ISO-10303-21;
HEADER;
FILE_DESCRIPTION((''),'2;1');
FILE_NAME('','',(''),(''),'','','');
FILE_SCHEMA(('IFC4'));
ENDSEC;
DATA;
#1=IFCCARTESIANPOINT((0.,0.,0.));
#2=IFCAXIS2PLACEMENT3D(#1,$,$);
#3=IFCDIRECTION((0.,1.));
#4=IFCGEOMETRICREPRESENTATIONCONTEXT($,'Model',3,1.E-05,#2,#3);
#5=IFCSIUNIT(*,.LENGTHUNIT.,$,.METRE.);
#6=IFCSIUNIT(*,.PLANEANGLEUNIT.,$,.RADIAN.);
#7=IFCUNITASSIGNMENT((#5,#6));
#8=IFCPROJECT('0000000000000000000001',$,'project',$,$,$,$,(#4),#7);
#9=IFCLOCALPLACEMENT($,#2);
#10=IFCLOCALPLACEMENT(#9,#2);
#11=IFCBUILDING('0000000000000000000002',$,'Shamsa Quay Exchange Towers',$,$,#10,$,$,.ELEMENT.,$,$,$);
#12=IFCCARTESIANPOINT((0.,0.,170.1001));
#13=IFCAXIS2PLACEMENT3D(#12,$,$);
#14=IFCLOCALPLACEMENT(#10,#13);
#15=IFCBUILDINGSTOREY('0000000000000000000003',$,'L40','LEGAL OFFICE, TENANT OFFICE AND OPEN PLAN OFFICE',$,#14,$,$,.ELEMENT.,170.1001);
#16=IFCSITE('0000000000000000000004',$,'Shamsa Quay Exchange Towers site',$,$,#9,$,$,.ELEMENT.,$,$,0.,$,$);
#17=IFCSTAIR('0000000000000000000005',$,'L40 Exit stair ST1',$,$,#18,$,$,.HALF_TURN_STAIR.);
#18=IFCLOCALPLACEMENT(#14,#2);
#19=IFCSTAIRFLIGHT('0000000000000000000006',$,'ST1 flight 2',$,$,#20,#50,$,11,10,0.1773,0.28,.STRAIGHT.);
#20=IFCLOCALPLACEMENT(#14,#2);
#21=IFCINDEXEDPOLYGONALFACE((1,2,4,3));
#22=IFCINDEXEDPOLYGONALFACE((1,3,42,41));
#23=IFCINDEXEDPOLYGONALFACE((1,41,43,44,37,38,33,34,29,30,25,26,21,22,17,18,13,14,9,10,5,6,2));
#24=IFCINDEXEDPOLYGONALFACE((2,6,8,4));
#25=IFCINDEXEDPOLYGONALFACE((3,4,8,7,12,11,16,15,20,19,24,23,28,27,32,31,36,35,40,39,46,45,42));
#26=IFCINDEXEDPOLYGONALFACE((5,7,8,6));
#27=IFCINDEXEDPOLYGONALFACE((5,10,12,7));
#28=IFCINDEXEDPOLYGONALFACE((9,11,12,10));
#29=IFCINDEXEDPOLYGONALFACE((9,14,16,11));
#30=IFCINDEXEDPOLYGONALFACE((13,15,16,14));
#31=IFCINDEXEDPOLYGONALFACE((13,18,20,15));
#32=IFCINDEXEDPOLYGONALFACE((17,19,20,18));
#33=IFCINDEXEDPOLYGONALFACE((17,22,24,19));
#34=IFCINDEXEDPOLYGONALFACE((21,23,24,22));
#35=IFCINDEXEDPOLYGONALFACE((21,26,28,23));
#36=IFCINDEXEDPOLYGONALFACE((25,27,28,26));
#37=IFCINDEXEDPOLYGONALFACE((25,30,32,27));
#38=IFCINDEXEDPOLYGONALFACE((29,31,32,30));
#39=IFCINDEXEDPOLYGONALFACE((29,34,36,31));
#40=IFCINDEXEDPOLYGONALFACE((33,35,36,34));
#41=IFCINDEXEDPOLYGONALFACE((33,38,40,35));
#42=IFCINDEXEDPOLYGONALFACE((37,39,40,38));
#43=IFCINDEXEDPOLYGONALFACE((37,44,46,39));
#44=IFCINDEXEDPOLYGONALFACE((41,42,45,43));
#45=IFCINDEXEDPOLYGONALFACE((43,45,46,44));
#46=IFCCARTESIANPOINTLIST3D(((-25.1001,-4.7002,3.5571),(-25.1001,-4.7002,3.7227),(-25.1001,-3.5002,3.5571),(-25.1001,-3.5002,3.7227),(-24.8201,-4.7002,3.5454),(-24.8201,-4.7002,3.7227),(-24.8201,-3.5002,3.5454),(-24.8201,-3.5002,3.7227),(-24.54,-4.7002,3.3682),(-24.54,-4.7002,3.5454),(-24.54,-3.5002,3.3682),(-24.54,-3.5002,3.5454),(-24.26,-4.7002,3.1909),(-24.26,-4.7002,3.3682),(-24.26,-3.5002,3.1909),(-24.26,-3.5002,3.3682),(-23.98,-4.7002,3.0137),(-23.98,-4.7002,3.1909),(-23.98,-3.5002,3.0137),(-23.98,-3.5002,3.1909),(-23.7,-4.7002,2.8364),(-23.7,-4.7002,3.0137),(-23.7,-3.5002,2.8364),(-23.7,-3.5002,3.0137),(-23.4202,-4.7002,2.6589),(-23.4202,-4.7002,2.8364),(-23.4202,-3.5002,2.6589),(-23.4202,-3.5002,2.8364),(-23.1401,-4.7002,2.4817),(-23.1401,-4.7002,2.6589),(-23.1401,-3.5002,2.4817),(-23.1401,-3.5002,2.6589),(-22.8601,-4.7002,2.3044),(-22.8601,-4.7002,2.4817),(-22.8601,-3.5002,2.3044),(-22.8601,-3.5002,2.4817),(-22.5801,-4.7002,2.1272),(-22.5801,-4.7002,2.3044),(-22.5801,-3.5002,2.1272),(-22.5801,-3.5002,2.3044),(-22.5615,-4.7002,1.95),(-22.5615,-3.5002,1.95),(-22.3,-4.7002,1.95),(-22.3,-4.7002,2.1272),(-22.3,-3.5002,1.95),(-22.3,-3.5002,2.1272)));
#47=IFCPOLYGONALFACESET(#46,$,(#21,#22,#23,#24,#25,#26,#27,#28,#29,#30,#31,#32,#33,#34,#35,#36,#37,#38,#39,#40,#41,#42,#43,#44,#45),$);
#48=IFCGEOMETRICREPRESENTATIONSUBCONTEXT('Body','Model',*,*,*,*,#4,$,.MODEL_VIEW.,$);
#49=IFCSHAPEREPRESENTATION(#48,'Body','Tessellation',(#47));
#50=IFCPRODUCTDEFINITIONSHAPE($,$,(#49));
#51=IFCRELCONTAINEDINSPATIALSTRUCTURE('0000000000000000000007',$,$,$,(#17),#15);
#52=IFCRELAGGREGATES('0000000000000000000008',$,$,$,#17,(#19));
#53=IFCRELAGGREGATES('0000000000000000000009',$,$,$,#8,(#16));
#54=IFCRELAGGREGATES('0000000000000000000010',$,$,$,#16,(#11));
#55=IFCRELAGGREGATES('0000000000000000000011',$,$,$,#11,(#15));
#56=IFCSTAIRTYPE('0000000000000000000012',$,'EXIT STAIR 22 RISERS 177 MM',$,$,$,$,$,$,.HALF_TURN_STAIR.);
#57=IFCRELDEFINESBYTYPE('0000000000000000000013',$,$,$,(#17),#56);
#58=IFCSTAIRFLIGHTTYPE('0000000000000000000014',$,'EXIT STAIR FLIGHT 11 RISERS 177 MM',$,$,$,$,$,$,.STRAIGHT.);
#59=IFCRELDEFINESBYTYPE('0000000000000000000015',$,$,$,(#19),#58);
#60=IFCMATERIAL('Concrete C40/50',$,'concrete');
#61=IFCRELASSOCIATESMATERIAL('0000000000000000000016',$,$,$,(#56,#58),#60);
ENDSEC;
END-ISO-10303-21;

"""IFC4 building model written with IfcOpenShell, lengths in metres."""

from ifc_helpers import new_model, si_unit, direction, frame, origin, place, context, subcontext, project, spatial, polyline, outline, extrude, material, type_object, element, aggregate, save


model = new_model("IFC4")

# Units and contexts
model_context = context("Model", 3, precision=1e-05, world=origin(), true_north=direction((0.0, 1.0)))
body_context = subcontext(model_context, "Body", "Model", "MODEL_VIEW")
ifc_project = project(units=[si_unit("LENGTHUNIT", "METRE"), si_unit("PLANEANGLEUNIT", "RADIAN")], contexts=[model_context])

# Site, building, storey
site_placement = place(None, origin())
site = spatial("IfcSite", under=ifc_project, at=site_placement, Name="Shamsa Quay Exchange Towers site", CompositionType="ELEMENT", RefElevation=0.0)
building_placement = place(site_placement, origin())
building = spatial("IfcBuilding", under=site, at=building_placement, Name="Shamsa Quay Exchange Towers", CompositionType="ELEMENT")
storey_placement = place(building_placement, frame((0.0, 0.0, 170.1001)))
storey = spatial("IfcBuildingStorey", under=building, at=storey_placement, Name="L40", Description="LEGAL OFFICE, TENANT OFFICE AND OPEN PLAN OFFICE", CompositionType="ELEMENT", Elevation=170.1001)

# Stair, stair flight
ifc_material_1 = material(Name="Concrete C40/50", Category="concrete")
stair_type = type_object("IfcStairType", Name="EXIT STAIR 22 RISERS 177 MM", PredefinedType="HALF_TURN_STAIR", material=ifc_material_1)
stair_placement = place(storey_placement, origin())
stair = element("IfcStair", 1, at=stair_placement, inside=storey, type_object=stair_type, Name="L40 Exit stair ST1", PredefinedType="HALF_TURN_STAIR")
stair_flight_type = type_object("IfcStairFlightType", Name="EXIT STAIR FLIGHT 11 RISERS 177 MM", PredefinedType="STRAIGHT", material=ifc_material_1)
stair_flight_1_placement = place(storey_placement, frame((-22.3, -4.1001, 1.95), z_axis=(0.0, 0.0, 1.0), x_axis=(-1.0, 0.0, 0.0)))
stair_flight_1 = element("IfcStairFlight", 2, at=stair_flight_1_placement, type_object=stair_flight_type, Name="ST1 flight 2", NumberOfRisers=11, NumberOfTreads=10, PredefinedType="STRAIGHT", RiserHeight=0.1773, TreadLength=0.28, context=body_context, shape_type="SweptSolid", body=[
    extrude(outline(polyline([(0.0, 0.0), (0.0, 0.1772), (0.28, 0.1772), (0.28, 0.3545), (0.5601, 0.3545), (0.5601, 0.5317), (0.8401, 0.5317), (0.8401, 0.709), (1.1201, 0.709), (1.1201, 0.8865), (1.3999, 0.8865), (1.3999, 1.0637), (1.6799, 1.0637), (1.6799, 1.241), (1.96, 1.241), (1.96, 1.4182), (2.24, 1.4182), (2.24, 1.5955), (2.52, 1.5955), (2.52, 1.7727), (2.8, 1.7727), (2.8, 1.95), (2.8, 1.6072), (0.2615, 0.0), (0.0, 0.0)])), frame((0.0, 0.6001, 0.0), z_axis=(0.0, -1.0, 0.0), x_axis=(1.0, 0.0, 0.0)), (0.0, 0.0, 1.0), 1.2),
])
aggregate(stair, [stair_flight_1])

save(model, "model.ifc")
